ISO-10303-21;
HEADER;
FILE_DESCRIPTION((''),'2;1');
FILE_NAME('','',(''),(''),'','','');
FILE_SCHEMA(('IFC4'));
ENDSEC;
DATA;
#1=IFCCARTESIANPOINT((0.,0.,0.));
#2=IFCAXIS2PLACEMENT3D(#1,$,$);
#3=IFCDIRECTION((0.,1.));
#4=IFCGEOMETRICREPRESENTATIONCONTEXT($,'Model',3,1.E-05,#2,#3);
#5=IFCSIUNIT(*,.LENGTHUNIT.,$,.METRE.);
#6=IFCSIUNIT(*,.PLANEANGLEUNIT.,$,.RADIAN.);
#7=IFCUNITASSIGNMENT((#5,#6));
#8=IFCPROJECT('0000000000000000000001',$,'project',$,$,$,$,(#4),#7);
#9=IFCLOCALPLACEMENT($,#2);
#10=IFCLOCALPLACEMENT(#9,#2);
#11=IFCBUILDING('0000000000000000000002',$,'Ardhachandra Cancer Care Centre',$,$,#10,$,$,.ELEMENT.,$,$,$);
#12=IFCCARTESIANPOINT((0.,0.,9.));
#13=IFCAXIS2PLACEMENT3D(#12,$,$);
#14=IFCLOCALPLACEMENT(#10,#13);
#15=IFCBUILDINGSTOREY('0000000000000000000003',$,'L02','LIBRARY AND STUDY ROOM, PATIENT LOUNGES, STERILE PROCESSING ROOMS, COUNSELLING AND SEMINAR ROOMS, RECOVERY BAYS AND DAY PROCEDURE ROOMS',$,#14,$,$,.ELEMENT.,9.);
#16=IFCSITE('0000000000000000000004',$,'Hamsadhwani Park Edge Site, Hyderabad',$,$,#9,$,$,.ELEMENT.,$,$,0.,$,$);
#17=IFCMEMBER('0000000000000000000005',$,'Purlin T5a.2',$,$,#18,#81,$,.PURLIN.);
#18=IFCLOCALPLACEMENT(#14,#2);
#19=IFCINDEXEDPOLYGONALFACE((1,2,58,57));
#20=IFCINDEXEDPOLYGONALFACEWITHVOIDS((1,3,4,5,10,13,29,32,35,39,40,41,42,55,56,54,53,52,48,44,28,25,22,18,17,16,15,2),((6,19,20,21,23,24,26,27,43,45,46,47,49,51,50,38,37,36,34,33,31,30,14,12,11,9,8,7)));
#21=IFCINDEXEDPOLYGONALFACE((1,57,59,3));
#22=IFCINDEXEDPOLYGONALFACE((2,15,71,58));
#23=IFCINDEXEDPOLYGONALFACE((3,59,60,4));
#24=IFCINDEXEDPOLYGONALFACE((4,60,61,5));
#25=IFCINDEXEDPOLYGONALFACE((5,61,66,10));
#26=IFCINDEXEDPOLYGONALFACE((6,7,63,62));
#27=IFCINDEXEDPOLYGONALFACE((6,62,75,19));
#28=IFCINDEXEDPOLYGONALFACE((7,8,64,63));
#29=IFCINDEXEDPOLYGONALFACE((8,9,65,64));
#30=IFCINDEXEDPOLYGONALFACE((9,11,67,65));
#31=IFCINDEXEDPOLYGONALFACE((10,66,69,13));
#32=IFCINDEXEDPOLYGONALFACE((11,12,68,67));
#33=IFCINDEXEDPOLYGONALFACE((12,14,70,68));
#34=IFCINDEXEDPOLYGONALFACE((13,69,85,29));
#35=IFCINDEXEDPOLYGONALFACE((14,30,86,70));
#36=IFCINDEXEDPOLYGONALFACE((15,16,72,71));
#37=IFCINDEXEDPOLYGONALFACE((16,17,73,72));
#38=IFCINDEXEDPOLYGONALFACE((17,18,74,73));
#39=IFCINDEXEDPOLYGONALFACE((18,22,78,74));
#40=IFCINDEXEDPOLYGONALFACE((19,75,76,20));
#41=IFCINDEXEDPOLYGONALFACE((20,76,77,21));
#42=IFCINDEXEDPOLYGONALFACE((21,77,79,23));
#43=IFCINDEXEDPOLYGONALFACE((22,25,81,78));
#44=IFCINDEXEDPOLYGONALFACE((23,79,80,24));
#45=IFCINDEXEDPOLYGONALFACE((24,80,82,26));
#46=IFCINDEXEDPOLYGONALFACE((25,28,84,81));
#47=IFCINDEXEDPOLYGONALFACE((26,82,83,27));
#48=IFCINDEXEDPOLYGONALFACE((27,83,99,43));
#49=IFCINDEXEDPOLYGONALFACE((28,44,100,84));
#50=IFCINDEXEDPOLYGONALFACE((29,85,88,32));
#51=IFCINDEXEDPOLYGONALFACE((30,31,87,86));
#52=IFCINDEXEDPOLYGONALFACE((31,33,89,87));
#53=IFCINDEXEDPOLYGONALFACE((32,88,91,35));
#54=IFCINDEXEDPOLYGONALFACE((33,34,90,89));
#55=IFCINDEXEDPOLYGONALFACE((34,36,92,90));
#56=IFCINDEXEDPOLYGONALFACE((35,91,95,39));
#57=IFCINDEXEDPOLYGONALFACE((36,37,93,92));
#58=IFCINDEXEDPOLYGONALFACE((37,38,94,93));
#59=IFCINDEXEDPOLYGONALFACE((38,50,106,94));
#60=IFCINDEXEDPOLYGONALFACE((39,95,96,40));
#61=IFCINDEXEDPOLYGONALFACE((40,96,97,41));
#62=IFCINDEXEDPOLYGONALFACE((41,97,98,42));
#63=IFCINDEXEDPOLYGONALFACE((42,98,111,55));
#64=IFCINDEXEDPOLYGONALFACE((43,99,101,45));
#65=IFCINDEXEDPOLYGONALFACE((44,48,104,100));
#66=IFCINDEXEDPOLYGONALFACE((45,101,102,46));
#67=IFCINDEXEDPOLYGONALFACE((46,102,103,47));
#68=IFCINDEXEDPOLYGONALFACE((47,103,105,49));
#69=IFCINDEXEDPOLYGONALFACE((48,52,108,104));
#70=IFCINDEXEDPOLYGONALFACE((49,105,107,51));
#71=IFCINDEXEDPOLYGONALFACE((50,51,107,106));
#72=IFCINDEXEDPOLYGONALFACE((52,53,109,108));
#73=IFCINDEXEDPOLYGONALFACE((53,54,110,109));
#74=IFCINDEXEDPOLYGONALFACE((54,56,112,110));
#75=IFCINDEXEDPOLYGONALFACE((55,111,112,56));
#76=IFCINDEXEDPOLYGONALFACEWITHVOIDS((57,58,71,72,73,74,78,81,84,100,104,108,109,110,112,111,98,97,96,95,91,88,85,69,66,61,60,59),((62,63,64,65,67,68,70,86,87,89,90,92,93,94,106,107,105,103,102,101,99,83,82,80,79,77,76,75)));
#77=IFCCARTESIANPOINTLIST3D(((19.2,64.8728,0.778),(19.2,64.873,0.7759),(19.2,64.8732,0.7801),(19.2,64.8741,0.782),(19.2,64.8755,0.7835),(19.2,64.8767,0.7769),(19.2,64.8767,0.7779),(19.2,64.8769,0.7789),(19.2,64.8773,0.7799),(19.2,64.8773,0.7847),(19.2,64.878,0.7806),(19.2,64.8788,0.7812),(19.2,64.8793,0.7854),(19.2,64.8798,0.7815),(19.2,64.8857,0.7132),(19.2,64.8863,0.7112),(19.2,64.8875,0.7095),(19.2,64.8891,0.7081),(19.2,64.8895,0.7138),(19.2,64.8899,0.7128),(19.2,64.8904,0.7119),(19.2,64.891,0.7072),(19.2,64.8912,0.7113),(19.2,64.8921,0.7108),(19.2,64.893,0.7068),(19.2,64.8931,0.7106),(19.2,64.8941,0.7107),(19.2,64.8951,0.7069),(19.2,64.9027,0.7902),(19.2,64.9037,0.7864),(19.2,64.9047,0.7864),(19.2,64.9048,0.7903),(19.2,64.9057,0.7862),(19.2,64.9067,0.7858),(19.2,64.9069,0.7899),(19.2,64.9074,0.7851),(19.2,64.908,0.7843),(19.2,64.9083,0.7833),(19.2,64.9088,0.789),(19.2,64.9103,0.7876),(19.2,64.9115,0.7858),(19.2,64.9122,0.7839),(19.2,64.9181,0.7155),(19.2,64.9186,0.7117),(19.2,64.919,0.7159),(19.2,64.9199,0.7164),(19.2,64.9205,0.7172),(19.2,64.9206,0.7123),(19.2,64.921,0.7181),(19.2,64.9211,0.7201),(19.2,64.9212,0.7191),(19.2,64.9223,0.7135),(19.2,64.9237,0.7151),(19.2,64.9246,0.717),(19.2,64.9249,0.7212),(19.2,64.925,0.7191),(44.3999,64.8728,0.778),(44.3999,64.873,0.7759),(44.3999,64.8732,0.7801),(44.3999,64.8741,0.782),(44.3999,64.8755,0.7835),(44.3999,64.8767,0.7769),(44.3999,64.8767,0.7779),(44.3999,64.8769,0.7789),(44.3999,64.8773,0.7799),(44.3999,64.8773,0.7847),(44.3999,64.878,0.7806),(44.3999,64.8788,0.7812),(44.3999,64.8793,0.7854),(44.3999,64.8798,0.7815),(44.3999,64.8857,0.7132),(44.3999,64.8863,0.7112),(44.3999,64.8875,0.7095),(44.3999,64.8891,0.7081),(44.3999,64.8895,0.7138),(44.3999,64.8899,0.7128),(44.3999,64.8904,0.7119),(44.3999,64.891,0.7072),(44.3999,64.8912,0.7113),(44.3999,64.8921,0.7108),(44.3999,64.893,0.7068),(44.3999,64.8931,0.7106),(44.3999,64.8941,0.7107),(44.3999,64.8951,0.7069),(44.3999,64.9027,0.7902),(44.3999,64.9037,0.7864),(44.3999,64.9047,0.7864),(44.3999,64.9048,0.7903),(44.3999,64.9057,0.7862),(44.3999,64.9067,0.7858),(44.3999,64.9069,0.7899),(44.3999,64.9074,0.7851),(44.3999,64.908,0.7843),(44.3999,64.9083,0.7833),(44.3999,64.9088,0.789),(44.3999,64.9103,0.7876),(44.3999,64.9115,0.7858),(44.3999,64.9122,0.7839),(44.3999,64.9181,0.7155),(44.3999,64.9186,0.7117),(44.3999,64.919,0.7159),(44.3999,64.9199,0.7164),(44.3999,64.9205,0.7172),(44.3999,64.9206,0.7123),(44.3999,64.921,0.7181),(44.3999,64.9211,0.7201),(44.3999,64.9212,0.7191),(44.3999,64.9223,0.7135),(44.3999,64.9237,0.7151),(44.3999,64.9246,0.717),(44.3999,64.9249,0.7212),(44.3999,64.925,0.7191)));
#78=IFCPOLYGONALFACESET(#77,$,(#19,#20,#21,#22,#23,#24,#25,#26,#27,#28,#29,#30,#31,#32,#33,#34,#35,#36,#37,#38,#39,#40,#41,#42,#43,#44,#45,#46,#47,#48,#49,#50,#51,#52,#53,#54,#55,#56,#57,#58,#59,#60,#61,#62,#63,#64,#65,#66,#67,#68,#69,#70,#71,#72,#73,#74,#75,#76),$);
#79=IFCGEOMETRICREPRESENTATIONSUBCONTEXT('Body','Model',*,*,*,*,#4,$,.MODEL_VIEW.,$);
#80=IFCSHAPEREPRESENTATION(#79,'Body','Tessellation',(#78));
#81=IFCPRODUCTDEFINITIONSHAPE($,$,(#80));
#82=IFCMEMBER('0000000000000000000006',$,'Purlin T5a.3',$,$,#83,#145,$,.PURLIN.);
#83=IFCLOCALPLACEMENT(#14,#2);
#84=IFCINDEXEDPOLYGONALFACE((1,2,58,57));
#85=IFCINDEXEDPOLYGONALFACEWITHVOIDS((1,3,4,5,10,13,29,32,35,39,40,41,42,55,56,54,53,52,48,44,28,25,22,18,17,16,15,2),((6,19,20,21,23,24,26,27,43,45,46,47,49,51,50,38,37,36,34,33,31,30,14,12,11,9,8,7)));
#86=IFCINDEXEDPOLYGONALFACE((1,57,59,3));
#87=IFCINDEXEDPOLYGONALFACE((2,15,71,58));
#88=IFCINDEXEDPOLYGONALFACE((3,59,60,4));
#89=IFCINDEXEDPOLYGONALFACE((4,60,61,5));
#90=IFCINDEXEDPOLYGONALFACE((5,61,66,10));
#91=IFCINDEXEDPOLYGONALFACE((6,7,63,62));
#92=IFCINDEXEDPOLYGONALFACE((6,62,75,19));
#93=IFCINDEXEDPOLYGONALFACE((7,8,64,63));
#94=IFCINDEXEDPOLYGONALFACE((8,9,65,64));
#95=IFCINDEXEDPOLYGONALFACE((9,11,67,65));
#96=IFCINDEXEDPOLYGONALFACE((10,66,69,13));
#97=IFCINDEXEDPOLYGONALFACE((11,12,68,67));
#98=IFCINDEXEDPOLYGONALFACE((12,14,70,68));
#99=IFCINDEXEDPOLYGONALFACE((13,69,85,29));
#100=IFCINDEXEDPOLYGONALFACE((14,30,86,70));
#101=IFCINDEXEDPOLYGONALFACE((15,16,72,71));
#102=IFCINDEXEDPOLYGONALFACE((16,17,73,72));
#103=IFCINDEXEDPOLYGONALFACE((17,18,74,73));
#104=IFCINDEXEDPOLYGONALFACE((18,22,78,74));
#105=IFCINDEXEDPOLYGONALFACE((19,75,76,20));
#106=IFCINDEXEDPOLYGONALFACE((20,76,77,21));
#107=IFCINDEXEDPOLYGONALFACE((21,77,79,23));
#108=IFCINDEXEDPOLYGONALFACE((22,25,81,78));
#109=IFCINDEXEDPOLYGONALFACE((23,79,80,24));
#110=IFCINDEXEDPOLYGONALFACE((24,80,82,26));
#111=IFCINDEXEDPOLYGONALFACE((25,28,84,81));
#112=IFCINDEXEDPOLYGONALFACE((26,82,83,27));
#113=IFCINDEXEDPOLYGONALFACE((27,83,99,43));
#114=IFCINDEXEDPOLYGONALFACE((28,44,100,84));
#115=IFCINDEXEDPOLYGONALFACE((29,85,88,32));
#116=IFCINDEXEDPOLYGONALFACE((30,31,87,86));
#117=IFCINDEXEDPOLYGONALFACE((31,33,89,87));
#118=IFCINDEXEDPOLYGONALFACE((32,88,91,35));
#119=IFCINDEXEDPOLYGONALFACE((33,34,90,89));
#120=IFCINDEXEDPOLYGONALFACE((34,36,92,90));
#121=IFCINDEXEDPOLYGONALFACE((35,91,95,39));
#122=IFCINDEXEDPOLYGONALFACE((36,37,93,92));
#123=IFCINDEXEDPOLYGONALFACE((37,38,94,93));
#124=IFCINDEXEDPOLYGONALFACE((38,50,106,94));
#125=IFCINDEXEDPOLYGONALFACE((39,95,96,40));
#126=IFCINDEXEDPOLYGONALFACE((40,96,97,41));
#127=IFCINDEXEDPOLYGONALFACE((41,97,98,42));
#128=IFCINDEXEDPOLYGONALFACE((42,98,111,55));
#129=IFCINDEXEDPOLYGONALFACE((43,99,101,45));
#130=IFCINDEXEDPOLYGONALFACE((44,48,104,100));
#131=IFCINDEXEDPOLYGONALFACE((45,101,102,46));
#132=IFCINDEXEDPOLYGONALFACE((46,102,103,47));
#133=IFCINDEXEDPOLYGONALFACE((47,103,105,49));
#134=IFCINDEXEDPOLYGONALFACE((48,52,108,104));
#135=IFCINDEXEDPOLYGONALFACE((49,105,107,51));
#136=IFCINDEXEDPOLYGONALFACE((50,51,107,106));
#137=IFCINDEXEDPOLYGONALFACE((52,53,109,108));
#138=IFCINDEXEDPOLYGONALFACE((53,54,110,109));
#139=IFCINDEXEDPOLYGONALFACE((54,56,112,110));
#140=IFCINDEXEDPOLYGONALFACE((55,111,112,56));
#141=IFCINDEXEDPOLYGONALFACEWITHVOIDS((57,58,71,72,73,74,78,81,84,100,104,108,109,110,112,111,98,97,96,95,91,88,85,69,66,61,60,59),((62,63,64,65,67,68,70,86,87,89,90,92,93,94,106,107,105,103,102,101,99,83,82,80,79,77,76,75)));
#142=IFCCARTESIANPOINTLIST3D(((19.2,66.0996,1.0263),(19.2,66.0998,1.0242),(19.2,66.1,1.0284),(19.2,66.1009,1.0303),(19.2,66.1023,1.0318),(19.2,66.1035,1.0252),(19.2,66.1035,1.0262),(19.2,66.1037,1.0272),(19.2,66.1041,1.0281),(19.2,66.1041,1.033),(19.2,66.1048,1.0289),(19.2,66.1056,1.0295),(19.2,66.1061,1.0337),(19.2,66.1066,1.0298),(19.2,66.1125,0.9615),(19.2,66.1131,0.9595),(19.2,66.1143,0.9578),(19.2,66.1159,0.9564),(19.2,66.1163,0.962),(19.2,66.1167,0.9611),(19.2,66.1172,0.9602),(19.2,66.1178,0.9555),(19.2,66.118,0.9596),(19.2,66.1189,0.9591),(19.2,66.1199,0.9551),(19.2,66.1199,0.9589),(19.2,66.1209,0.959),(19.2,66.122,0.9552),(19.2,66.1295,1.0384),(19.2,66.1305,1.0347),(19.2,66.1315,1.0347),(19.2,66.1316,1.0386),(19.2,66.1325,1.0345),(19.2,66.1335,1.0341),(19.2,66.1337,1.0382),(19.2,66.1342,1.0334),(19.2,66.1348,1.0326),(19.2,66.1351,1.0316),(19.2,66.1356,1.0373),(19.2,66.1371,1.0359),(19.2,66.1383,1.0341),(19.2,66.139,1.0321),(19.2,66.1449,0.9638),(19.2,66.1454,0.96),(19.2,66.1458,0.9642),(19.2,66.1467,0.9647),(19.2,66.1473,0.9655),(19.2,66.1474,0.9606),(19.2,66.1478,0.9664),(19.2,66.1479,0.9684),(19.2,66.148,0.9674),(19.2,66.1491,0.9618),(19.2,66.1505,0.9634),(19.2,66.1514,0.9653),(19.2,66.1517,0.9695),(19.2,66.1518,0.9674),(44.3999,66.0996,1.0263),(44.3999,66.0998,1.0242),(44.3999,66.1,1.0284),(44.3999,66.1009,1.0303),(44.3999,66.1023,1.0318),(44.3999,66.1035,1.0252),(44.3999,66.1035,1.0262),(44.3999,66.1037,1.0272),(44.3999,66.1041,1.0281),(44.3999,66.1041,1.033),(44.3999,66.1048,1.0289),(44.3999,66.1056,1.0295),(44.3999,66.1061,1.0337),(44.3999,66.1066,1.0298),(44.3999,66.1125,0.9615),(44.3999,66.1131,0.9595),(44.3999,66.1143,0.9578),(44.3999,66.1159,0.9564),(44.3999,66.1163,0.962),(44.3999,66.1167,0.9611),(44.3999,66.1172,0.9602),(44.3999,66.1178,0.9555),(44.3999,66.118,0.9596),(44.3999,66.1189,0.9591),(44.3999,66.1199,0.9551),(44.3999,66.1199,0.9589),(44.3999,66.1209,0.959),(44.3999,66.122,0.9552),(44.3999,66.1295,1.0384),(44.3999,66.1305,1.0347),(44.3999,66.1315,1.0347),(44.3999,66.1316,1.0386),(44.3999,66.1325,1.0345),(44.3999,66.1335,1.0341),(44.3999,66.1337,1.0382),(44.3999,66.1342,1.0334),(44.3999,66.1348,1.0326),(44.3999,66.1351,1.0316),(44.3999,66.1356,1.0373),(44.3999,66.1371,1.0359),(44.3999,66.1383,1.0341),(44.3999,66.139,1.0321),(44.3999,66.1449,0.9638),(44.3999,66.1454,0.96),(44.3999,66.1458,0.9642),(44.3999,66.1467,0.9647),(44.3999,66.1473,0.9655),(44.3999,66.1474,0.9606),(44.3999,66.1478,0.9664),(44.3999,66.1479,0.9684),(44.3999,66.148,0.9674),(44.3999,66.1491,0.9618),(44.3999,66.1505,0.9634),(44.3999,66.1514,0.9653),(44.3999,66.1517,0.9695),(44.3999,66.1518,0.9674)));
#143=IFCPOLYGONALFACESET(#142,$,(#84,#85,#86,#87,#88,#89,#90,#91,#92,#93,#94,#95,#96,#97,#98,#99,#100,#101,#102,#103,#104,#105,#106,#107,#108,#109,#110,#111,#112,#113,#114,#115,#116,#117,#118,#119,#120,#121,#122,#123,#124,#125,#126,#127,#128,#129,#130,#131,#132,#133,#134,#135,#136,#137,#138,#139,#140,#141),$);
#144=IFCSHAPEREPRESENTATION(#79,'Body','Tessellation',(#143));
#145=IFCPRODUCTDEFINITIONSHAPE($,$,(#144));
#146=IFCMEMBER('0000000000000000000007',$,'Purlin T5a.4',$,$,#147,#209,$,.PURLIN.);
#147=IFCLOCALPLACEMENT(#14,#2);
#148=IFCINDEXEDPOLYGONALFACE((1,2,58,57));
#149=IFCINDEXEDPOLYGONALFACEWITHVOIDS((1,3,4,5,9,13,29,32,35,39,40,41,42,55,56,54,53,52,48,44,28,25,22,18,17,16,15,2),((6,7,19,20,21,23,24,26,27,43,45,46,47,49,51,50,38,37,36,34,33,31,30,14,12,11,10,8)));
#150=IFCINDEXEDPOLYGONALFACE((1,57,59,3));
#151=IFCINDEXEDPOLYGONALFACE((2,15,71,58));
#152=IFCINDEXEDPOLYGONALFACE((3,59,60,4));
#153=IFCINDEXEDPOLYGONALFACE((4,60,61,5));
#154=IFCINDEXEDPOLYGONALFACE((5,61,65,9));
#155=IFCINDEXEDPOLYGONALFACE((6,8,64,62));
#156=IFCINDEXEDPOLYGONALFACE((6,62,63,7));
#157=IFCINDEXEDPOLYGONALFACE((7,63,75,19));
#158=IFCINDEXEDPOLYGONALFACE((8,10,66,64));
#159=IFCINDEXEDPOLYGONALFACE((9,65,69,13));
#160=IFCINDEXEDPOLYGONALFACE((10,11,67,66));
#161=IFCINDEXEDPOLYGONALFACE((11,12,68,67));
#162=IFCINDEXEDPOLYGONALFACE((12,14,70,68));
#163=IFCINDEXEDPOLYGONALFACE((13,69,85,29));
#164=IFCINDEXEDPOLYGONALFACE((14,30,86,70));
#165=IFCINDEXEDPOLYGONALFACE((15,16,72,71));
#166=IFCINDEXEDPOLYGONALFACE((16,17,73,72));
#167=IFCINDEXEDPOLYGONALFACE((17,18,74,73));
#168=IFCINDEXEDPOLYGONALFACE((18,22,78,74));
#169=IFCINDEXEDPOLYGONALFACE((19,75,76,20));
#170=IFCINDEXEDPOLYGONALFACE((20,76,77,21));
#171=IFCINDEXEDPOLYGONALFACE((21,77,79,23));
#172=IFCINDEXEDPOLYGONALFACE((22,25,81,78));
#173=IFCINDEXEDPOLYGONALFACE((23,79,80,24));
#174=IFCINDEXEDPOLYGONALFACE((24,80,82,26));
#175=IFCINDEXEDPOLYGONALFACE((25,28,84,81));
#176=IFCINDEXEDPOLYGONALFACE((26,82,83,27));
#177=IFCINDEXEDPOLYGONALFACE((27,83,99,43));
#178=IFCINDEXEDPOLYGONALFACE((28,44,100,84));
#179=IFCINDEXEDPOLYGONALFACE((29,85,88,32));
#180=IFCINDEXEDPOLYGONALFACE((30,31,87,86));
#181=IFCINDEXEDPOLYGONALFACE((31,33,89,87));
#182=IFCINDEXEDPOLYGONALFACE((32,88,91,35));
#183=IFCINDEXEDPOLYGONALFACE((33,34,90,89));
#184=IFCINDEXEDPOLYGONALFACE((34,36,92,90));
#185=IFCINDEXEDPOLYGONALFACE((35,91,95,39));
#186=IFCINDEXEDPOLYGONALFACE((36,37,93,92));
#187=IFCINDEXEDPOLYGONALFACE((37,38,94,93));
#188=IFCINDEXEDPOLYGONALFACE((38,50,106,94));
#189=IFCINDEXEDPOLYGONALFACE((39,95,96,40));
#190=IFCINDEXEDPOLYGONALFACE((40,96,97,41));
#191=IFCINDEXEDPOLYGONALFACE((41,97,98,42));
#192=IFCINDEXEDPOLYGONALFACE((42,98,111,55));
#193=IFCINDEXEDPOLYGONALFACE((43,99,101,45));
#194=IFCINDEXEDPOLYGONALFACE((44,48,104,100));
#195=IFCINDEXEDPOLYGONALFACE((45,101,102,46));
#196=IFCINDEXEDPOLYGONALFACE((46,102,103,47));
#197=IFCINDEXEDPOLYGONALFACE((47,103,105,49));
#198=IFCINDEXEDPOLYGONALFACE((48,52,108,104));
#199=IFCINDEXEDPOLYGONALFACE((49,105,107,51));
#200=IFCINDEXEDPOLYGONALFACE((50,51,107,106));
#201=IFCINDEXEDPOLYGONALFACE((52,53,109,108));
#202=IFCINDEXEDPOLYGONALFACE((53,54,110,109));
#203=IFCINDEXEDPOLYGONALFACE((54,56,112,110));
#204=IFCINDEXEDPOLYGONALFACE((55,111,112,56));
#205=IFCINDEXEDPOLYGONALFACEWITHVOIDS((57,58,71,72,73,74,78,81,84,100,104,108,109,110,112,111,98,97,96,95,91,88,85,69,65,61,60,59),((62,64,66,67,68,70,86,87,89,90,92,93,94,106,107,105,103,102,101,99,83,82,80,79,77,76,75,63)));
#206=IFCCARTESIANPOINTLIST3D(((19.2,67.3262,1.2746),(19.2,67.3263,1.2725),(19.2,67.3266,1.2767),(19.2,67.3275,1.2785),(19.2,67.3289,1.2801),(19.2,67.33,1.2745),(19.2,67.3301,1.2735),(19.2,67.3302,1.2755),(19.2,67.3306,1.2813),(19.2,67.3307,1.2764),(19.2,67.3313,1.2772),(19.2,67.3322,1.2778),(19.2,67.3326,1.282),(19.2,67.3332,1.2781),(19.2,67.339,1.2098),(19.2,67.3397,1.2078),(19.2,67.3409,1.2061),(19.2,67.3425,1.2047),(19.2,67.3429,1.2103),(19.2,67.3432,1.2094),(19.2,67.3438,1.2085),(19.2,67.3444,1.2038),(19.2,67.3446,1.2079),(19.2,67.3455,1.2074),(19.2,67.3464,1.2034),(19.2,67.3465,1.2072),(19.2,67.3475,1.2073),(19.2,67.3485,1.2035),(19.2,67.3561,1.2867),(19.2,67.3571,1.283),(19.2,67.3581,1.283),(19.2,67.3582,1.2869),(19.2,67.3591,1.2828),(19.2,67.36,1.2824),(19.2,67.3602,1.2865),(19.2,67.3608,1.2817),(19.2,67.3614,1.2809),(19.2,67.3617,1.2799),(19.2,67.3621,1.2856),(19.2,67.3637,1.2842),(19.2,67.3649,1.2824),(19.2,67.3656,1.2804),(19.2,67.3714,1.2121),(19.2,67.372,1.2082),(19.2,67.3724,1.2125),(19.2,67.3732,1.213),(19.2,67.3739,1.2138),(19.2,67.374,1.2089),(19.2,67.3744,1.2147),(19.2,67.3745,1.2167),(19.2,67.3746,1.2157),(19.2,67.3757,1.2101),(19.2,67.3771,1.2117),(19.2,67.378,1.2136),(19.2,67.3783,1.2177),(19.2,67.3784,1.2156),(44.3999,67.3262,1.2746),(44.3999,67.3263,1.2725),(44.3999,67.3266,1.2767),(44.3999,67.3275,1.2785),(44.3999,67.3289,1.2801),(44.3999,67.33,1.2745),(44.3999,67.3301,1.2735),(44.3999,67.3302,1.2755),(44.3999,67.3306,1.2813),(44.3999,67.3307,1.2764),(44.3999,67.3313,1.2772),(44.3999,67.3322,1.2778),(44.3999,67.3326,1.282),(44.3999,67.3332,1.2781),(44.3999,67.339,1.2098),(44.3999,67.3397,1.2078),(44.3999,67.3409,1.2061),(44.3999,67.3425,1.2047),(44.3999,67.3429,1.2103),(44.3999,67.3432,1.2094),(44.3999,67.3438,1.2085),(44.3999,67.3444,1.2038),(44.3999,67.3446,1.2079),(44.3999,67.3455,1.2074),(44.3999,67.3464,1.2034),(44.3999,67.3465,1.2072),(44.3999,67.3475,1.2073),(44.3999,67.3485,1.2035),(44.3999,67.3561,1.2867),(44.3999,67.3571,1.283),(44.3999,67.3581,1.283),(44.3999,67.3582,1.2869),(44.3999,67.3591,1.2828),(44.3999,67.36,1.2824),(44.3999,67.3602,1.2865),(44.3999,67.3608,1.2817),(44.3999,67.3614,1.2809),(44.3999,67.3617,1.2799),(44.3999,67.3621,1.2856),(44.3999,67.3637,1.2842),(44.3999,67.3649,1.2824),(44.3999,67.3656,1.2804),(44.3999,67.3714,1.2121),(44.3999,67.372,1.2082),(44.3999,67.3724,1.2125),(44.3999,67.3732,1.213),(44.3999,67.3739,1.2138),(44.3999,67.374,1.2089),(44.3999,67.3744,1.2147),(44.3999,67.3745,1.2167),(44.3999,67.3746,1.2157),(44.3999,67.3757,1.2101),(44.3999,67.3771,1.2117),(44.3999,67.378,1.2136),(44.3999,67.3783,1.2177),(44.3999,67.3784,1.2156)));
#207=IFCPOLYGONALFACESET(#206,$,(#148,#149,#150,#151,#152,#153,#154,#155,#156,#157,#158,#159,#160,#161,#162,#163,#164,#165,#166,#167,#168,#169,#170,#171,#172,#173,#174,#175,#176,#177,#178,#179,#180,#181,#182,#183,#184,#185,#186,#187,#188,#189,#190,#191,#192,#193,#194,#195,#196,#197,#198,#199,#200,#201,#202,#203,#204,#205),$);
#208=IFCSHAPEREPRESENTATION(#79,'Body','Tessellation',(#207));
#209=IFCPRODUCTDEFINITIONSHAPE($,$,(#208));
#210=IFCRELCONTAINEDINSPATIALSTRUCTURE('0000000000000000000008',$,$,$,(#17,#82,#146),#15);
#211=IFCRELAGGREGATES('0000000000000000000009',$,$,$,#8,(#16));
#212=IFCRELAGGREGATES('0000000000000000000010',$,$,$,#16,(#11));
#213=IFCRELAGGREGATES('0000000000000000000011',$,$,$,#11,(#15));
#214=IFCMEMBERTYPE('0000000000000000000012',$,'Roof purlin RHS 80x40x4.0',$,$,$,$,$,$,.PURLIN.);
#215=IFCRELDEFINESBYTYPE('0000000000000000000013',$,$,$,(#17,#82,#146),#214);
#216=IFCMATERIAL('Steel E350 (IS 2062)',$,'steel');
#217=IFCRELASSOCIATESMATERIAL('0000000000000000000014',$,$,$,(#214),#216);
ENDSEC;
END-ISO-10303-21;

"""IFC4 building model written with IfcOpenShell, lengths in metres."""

from ifc_helpers import new_model, si_unit, direction, frame, origin, origin_2d, place, context, subcontext, project, spatial, hollow_rectangle, extrude, material, material_profile, profile_set, type_object, element, save


model = new_model("IFC4")

# Units and contexts
model_context = context("Model", 3, precision=1e-05, world=origin(), true_north=direction((0.0, 1.0)))
body_context = subcontext(model_context, "Body", "Model", "MODEL_VIEW")
ifc_project = project(units=[si_unit("LENGTHUNIT", "METRE"), si_unit("PLANEANGLEUNIT", "RADIAN")], contexts=[model_context])

# Site, building, storey
site_placement = place(None, origin())
site = spatial("IfcSite", under=ifc_project, at=site_placement, Name="Hamsadhwani Park Edge Site, Hyderabad", CompositionType="ELEMENT", RefElevation=0.0)
building_placement = place(site_placement, origin())
building = spatial("IfcBuilding", under=site, at=building_placement, Name="Ardhachandra Cancer Care Centre", CompositionType="ELEMENT")
storey_placement = place(building_placement, frame((0.0, 0.0, 9.0)))
storey = spatial("IfcBuildingStorey", under=building, at=storey_placement, Name="L02", Description="LIBRARY AND STUDY ROOM, PATIENT LOUNGES, STERILE PROCESSING ROOMS, COUNSELLING AND SEMINAR ROOMS, RECOVERY BAYS AND DAY PROCEDURE ROOMS", CompositionType="ELEMENT", Elevation=9.0)

# Members
ifc_material_1 = material(Name="Steel E350 (IS 2062)", Category="steel")
ifc_material_profile_1 = material_profile(ifc_material_1, hollow_rectangle(XDim=0.04, YDim=0.0801, WallThickness=0.0039, InnerFilletRadius=0.0039, OuterFilletRadius=0.0081, at=origin_2d()), Name="RHS 80x40x4.0")
ifc_profile_set_1 = profile_set([ifc_material_profile_1], Name="Steel E350 (IS 2062)")
member_type_1 = type_object("IfcMemberType", Name="Roof purlin RHS 80x40x4.0", PredefinedType="PURLIN", material=ifc_profile_set_1)
for number, where, z_axis, x_axis, name in (
    (1, (19.2, 64.8989, 0.7485), (1.0, 0.0, 0.0), (0.0, 0.980107, 0.198472), "Purlin T5a.2"),
    (2, (19.2, 66.1257, 0.9968), (1.0, 0.0, 0.0), (0.0, 0.980107, 0.198472), "Purlin T5a.3"),
    (3, (19.2, 67.3523, 1.2451), (1.0, 0.0, 0.0), (0.0, 0.980107, 0.198472), "Purlin T5a.4"),
):
    element("IfcMember", number, at=place(storey_placement, frame(where, z_axis=z_axis, x_axis=x_axis)), inside=storey, type_object=member_type_1, Name=name, PredefinedType="PURLIN", context=body_context, shape_type="SweptSolid", body=[
        extrude(hollow_rectangle(XDim=0.04, YDim=0.0801, WallThickness=0.0039, InnerFilletRadius=0.0039, OuterFilletRadius=0.0081, at=origin_2d()), origin(), (0.0, 0.0, 1.0), 25.2),
    ])

save(model, "model.ifc")
